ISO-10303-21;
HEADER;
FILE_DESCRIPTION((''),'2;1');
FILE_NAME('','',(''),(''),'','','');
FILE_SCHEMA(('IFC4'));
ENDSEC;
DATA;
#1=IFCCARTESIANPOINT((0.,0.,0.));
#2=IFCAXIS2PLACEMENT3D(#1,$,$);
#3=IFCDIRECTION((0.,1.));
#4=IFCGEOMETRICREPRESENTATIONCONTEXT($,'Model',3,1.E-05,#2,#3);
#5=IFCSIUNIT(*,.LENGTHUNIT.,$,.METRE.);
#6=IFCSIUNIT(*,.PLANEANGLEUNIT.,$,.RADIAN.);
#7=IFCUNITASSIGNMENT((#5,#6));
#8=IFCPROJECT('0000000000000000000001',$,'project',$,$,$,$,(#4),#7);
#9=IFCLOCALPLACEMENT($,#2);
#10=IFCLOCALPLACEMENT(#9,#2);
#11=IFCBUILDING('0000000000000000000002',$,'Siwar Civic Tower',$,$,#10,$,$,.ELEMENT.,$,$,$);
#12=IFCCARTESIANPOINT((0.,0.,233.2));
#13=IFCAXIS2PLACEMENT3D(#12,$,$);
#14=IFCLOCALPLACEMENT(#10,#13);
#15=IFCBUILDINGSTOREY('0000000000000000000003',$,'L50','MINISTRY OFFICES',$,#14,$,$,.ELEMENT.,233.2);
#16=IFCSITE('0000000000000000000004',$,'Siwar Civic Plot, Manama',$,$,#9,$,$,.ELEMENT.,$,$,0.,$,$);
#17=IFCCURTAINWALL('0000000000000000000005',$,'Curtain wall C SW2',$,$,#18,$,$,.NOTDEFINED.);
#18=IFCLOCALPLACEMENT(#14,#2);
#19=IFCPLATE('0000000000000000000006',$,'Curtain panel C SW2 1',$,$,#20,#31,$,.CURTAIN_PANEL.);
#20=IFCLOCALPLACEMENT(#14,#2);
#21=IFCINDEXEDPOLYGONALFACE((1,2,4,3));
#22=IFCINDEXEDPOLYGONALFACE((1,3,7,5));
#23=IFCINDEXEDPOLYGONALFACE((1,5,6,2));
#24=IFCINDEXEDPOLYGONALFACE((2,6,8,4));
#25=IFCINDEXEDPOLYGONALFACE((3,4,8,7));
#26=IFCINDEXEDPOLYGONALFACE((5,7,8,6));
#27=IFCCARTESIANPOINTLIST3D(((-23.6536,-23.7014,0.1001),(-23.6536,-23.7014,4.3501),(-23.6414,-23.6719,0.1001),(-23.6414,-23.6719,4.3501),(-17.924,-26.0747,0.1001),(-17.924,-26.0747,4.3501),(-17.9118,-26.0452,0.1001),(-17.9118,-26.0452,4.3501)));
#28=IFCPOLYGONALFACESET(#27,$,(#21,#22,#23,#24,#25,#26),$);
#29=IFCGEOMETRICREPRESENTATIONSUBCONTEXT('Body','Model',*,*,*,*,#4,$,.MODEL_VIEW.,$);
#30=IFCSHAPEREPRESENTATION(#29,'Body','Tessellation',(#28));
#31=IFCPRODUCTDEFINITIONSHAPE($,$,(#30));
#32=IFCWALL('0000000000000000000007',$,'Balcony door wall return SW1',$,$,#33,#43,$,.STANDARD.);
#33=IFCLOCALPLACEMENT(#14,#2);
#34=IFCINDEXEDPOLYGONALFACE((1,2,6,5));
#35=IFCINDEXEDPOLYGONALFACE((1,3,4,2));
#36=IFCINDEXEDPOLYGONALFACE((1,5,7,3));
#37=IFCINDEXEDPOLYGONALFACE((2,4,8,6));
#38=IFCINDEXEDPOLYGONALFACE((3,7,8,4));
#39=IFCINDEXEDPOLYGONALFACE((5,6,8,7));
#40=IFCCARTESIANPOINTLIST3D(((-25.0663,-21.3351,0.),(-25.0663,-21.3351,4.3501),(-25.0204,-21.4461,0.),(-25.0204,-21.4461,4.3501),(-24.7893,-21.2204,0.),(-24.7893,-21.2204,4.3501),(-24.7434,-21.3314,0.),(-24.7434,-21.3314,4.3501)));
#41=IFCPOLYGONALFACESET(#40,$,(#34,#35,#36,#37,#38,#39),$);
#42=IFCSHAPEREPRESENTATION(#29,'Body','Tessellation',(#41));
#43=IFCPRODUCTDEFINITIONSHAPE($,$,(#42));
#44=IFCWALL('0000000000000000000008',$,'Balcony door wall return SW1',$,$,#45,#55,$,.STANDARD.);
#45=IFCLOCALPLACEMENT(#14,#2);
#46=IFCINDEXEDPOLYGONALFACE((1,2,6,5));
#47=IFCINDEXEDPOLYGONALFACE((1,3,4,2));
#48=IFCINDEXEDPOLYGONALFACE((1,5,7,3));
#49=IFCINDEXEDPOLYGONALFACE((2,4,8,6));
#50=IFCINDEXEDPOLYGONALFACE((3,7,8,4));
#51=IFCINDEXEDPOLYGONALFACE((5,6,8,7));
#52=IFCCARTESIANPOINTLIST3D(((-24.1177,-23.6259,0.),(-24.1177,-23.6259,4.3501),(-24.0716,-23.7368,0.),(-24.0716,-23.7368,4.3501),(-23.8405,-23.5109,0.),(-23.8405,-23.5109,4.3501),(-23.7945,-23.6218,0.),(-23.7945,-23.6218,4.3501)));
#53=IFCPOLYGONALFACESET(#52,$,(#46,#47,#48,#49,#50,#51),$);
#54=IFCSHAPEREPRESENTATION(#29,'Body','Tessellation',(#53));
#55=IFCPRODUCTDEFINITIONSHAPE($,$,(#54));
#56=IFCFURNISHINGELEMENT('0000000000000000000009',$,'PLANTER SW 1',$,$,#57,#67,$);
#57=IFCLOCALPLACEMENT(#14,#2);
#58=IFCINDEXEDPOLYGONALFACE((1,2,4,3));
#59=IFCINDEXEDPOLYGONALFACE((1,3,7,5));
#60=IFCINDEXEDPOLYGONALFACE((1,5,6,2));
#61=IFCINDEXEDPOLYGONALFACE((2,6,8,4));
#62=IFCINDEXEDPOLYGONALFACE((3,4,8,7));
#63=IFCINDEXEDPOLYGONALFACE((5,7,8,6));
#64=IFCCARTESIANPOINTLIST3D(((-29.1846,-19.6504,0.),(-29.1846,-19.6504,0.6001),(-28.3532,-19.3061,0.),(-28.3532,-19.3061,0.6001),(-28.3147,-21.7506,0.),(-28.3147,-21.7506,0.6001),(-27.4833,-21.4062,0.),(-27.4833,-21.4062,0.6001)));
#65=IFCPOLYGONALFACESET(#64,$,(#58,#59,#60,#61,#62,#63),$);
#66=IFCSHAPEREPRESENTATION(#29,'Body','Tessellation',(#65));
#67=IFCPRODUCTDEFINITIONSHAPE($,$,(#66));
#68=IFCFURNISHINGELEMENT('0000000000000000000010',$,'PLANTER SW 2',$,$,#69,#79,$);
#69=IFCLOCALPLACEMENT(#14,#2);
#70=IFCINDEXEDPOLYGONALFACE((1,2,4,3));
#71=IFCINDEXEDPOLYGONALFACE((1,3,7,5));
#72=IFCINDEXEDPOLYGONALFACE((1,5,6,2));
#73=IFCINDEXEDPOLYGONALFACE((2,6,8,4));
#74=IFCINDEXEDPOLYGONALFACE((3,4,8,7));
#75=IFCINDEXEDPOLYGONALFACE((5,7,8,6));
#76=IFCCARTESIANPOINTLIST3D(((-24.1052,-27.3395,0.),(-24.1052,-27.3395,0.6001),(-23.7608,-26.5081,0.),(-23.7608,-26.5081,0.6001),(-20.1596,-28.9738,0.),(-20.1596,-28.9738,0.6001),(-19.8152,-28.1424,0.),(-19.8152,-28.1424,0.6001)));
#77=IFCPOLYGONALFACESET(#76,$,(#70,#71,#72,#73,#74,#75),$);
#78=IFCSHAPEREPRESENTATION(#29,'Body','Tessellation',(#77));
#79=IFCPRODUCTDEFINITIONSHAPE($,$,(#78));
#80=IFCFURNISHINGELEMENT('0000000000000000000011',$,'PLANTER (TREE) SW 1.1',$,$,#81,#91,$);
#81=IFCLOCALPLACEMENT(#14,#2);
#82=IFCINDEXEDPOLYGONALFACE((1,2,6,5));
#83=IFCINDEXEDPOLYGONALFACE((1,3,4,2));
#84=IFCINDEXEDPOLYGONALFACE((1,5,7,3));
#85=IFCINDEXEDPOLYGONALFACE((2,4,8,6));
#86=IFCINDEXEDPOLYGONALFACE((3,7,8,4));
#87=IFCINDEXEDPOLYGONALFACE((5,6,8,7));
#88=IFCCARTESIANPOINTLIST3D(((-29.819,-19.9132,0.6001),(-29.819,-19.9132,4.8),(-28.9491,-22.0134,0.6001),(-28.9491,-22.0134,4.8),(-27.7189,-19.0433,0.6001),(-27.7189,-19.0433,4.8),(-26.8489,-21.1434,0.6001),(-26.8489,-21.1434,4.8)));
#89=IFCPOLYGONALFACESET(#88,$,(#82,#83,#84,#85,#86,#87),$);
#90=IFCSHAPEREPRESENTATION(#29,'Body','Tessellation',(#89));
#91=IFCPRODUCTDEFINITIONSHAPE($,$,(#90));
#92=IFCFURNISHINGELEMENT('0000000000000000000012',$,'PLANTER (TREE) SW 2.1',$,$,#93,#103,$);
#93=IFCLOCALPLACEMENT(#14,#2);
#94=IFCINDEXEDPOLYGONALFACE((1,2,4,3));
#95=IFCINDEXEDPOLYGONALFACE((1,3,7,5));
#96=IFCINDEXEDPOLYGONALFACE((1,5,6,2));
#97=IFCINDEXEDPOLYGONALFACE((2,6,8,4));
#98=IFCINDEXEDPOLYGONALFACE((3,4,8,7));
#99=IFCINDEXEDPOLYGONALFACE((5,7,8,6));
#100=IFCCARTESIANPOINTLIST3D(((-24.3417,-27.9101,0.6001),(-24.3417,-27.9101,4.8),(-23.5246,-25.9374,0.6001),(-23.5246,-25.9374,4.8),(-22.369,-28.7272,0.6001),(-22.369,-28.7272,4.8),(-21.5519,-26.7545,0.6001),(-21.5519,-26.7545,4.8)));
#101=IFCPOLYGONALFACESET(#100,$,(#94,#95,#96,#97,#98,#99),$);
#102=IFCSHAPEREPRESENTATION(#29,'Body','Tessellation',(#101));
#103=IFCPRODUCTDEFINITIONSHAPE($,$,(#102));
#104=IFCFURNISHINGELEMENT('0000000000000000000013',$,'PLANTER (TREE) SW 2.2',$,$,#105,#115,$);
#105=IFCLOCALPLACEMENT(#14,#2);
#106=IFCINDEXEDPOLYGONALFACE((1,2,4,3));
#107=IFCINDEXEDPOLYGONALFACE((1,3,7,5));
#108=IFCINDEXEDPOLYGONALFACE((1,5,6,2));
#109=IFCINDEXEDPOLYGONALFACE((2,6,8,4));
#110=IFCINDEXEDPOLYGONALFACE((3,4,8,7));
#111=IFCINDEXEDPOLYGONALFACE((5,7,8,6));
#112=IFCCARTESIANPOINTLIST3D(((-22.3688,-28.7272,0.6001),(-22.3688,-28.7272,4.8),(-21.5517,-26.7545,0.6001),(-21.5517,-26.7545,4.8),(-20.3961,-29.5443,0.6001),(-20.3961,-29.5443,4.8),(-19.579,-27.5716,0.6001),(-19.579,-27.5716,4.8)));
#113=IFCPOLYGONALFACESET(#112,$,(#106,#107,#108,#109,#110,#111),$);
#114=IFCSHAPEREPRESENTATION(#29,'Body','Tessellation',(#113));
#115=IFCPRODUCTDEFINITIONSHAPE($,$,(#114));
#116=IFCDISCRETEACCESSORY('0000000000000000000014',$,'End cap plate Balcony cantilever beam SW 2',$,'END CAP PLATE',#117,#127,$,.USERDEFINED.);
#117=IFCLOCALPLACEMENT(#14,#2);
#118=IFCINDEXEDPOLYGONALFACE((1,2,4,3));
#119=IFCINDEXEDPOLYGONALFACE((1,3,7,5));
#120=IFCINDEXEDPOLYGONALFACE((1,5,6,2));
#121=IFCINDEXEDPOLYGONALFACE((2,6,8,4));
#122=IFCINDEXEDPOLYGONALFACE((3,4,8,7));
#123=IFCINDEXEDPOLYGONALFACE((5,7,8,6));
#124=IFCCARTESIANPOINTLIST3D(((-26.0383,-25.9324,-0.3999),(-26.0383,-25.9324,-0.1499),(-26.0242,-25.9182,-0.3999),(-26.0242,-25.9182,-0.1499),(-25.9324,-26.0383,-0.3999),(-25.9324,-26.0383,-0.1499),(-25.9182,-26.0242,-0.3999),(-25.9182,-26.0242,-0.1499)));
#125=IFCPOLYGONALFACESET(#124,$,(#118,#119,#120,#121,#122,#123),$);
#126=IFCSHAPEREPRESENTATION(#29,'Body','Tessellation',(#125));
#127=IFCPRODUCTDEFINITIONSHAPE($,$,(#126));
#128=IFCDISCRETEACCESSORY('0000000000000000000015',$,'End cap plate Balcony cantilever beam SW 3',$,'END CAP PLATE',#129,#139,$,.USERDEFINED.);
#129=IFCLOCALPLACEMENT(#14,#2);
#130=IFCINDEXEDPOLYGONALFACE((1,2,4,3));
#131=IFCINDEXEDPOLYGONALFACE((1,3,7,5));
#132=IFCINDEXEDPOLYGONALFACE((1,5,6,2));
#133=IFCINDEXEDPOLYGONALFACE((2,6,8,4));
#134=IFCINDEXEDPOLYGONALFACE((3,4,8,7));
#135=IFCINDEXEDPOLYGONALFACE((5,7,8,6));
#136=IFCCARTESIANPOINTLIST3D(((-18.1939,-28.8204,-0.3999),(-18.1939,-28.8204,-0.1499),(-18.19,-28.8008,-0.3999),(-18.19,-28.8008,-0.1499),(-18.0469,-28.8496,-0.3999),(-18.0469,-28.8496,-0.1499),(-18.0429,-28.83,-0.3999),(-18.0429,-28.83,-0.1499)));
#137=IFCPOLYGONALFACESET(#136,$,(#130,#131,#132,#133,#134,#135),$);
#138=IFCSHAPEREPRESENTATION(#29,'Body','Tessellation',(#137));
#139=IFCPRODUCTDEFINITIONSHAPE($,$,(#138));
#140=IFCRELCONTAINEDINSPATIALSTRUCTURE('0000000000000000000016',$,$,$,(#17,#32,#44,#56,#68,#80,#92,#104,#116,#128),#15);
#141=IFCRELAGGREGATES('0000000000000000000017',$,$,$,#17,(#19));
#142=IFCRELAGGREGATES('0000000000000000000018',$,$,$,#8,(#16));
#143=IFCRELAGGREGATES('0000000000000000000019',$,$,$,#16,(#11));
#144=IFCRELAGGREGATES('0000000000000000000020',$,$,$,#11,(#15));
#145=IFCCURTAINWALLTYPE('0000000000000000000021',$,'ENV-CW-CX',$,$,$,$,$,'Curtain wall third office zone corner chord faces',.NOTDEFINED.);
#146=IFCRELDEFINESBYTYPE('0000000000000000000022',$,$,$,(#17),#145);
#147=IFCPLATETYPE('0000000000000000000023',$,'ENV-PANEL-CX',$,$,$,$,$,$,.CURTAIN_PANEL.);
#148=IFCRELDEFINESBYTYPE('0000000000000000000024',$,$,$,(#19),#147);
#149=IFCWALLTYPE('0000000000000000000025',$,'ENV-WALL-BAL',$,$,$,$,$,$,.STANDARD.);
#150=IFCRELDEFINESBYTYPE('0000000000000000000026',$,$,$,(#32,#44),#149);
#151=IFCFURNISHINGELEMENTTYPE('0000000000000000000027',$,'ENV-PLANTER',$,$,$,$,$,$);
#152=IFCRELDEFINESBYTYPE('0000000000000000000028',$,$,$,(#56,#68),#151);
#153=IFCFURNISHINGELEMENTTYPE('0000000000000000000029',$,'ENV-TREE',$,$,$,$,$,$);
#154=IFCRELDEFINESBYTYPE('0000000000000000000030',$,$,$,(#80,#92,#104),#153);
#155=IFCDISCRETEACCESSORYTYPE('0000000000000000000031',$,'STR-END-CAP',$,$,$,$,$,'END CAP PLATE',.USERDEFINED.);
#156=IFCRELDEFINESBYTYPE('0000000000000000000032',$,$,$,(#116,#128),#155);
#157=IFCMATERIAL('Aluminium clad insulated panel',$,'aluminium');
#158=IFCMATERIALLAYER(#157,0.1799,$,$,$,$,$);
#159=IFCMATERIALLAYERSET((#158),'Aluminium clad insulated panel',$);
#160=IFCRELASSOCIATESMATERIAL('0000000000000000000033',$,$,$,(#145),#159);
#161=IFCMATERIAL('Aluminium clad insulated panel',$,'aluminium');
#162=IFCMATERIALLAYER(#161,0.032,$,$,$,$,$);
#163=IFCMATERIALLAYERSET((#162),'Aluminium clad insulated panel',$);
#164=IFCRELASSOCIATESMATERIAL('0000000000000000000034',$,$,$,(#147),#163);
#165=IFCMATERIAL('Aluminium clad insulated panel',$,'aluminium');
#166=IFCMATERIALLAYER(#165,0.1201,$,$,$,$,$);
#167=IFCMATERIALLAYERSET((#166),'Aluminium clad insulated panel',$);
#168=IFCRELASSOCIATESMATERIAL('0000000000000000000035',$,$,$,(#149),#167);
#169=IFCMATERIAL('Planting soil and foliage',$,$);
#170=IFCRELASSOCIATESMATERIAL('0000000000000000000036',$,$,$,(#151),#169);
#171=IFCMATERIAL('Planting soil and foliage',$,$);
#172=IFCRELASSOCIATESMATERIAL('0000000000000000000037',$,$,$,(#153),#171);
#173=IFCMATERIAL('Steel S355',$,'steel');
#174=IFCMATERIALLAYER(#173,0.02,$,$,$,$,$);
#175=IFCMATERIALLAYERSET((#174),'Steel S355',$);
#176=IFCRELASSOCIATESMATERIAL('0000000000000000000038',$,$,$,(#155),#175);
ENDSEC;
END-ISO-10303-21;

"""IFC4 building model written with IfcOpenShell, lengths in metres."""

from ifc_helpers import new_model, si_unit, direction, frame, frame_2d, origin, origin_2d, place, context, subcontext, project, spatial, rectangle, extrude, material, layer, layer_set, type_object, element, aggregate, save


model = new_model("IFC4")

# Units and contexts
model_context = context("Model", 3, precision=1e-05, world=origin(), true_north=direction((0.0, 1.0)))
body_context = subcontext(model_context, "Body", "Model", "MODEL_VIEW")
ifc_project = project(units=[si_unit("LENGTHUNIT", "METRE"), si_unit("PLANEANGLEUNIT", "RADIAN")], contexts=[model_context])

# Site, building, storey
site_placement = place(None, origin())
site = spatial("IfcSite", under=ifc_project, at=site_placement, Name="Siwar Civic Plot, Manama", CompositionType="ELEMENT", RefElevation=0.0)
building_placement = place(site_placement, origin())
building = spatial("IfcBuilding", under=site, at=building_placement, Name="Siwar Civic Tower", CompositionType="ELEMENT")
storey_placement = place(building_placement, frame((0.0, 0.0, 233.2)))
storey = spatial("IfcBuildingStorey", under=building, at=storey_placement, Name="L50", Description="MINISTRY OFFICES", CompositionType="ELEMENT", Elevation=233.2)

# Shared definitions
ifc_material_1 = material(Name="Aluminium clad insulated panel", Category="aluminium")
ifc_layer_1 = layer(ifc_material_1, 0.1799)
ifc_layer_set_1 = layer_set([ifc_layer_1], Name="Aluminium clad insulated panel")
curtain_wall_type = type_object("IfcCurtainWallType", Name="ENV-CW-CX", ElementType="Curtain wall third office zone corner chord faces", PredefinedType="NOTDEFINED", material=ifc_layer_set_1)

# Curtain wall
curtain_wall_1_placement = place(storey_placement, origin())
curtain_wall_1 = element("IfcCurtainWall", 1, at=curtain_wall_1_placement, inside=storey, type_object=curtain_wall_type, Name="Curtain wall C SW2", PredefinedType="NOTDEFINED")

# Plate
ifc_material_2 = material(Name="Aluminium clad insulated panel", Category="aluminium")
ifc_layer_2 = layer(ifc_material_2, 0.032)
ifc_layer_set_2 = layer_set([ifc_layer_2], Name="Aluminium clad insulated panel")
plate_type = type_object("IfcPlateType", Name="ENV-PANEL-CX", PredefinedType="CURTAIN_PANEL", material=ifc_layer_set_2)
plate_placement = place(storey_placement, frame((-20.7827, -24.8733, 0.1001), z_axis=(0.0, 0.0, 1.0), x_axis=(0.92388, -0.382683, 0.0)))
plate = element("IfcPlate", 2, at=plate_placement, type_object=plate_type, Name="Curtain panel C SW2 1", PredefinedType="CURTAIN_PANEL", context=body_context, shape_type="SweptSolid", body=[
    extrude(rectangle(XDim=6.2017, YDim=0.032, at=origin_2d()), origin(), (0.0, 0.0, 1.0), 4.25),
])
aggregate(curtain_wall_1, [plate])

# Walls
ifc_material_3 = material(Name="Aluminium clad insulated panel", Category="aluminium")
ifc_layer_3 = layer(ifc_material_3, 0.1201)
ifc_layer_set_3 = layer_set([ifc_layer_3], Name="Aluminium clad insulated panel")
wall_type = type_object("IfcWallType", Name="ENV-WALL-BAL", PredefinedType="STANDARD", material=ifc_layer_set_3)
wall_1_placement = place(storey_placement, frame((-24.7664, -21.2759, 0.0), z_axis=(0.0, 0.0, 1.0), x_axis=(-0.923918, -0.382591, 0.0)))
element("IfcWall", 3, at=wall_1_placement, inside=storey, type_object=wall_type, Name="Balcony door wall return SW1", PredefinedType="STANDARD", context=body_context, shape_type="SweptSolid", body=[
    extrude(rectangle(XDim=0.2998, YDim=0.1201, at=frame_2d((0.1499, 0.0))), origin(), (0.0, 0.0, 1.0), 4.3501),
])
wall_2_placement = place(storey_placement, frame((-23.8176, -23.5664, 0.0), z_axis=(0.0, 0.0, 1.0), x_axis=(-0.92363, -0.383286, 0.0)))
element("IfcWall", 4, at=wall_2_placement, inside=storey, type_object=wall_type, Name="Balcony door wall return SW1", PredefinedType="STANDARD", context=body_context, shape_type="SweptSolid", body=[
    extrude(rectangle(XDim=0.3, YDim=0.1201, at=frame_2d((0.1499, 0.0))), origin(), (0.0, 0.0, 1.0), 4.3501),
])

# Furnishing elements
ifc_material_4 = material(Name="Planting soil and foliage")
furnishing_element_type_1 = type_object("IfcFurnishingElementType", Name="ENV-PLANTER", material=ifc_material_4)
furnishing_1_placement = place(storey_placement, frame((-28.334, -20.5283, 0.0), z_axis=(0.0, 0.0, 1.0), x_axis=(0.382683, -0.92388, 0.0)))
element("IfcFurnishingElement", 5, at=furnishing_1_placement, inside=storey, type_object=furnishing_element_type_1, Name="PLANTER SW 1", context=body_context, shape_type="SweptSolid", body=[
    extrude(rectangle(XDim=2.2732, YDim=0.8999, at=origin_2d()), origin(), (0.0, 0.0, 1.0), 0.6001),
])
furnishing_2_placement = place(storey_placement, frame((-21.9602, -27.741, 0.0), z_axis=(0.0, 0.0, 1.0), x_axis=(0.92388, -0.382683, 0.0)))
element("IfcFurnishingElement", 6, at=furnishing_2_placement, inside=storey, type_object=furnishing_element_type_1, Name="PLANTER SW 2", context=body_context, shape_type="SweptSolid", body=[
    extrude(rectangle(XDim=4.2708, YDim=0.8999, at=origin_2d()), origin(), (0.0, 0.0, 1.0), 0.6001),
])
ifc_material_5 = material(Name="Planting soil and foliage")
furnishing_element_type_2 = type_object("IfcFurnishingElementType", Name="ENV-TREE", material=ifc_material_5)
furnishing_3_placement = place(storey_placement, frame((-28.334, -20.5283, 0.6001), z_axis=(0.0, 0.0, 1.0), x_axis=(0.382683, -0.92388, 0.0)))
element("IfcFurnishingElement", 7, at=furnishing_3_placement, inside=storey, type_object=furnishing_element_type_2, Name="PLANTER (TREE) SW 1.1", context=body_context, shape_type="SweptSolid", body=[
    extrude(rectangle(XDim=2.2732, YDim=2.2732, at=origin_2d()), origin(), (0.0, 0.0, 1.0), 4.2),
])
for number, where, z_axis, x_axis, name in (
    (8, (-22.9468, -27.3323, 0.6001), (0.0, 0.0, 1.0), (0.92388, -0.382683, 0.0), "PLANTER (TREE) SW 2.1"),
    (9, (-20.9739, -28.1494, 0.6001), (0.0, 0.0, 1.0), (0.92388, -0.382683, 0.0), "PLANTER (TREE) SW 2.2"),
):
    element("IfcFurnishingElement", number, at=place(storey_placement, frame(where, z_axis=z_axis, x_axis=x_axis)), inside=storey, type_object=furnishing_element_type_2, Name=name, context=body_context, shape_type="SweptSolid", body=[
        extrude(rectangle(XDim=2.1353, YDim=2.1353, at=origin_2d()), origin(), (0.0, 0.0, 1.0), 4.2),
    ])

# Discrete accessories
ifc_material_6 = material(Name="Steel S355", Category="steel")
ifc_layer_4 = layer(ifc_material_6, 0.02)
ifc_layer_set_4 = layer_set([ifc_layer_4], Name="Steel S355")
discrete_accessory_type = type_object("IfcDiscreteAccessoryType", Name="STR-END-CAP", ElementType="END CAP PLATE", PredefinedType="USERDEFINED", material=ifc_layer_set_4)
for number, where, z_axis, x_axis, name in (
    (10, (-25.9783, -25.9783, -0.3999), (0.0, 0.0, 1.0), (-0.707107, -0.707107, 0.0), "End cap plate Balcony cantilever beam SW 2"),
    (11, (-18.1184, -28.8252, -0.3999), (0.0, 0.0, 1.0), (-0.19509, -0.980785, 0.0), "End cap plate Balcony cantilever beam SW 3"),
):
    element("IfcDiscreteAccessory", number, at=place(storey_placement, frame(where, z_axis=z_axis, x_axis=x_axis)), inside=storey, type_object=discrete_accessory_type, Name=name, ObjectType="END CAP PLATE", PredefinedType="USERDEFINED", context=body_context, shape_type="SweptSolid", body=[
        extrude(rectangle(XDim=0.02, YDim=0.1499, at=origin_2d()), origin(), (0.0, 0.0, 1.0), 0.25),
    ])

save(model, "model.ifc")
